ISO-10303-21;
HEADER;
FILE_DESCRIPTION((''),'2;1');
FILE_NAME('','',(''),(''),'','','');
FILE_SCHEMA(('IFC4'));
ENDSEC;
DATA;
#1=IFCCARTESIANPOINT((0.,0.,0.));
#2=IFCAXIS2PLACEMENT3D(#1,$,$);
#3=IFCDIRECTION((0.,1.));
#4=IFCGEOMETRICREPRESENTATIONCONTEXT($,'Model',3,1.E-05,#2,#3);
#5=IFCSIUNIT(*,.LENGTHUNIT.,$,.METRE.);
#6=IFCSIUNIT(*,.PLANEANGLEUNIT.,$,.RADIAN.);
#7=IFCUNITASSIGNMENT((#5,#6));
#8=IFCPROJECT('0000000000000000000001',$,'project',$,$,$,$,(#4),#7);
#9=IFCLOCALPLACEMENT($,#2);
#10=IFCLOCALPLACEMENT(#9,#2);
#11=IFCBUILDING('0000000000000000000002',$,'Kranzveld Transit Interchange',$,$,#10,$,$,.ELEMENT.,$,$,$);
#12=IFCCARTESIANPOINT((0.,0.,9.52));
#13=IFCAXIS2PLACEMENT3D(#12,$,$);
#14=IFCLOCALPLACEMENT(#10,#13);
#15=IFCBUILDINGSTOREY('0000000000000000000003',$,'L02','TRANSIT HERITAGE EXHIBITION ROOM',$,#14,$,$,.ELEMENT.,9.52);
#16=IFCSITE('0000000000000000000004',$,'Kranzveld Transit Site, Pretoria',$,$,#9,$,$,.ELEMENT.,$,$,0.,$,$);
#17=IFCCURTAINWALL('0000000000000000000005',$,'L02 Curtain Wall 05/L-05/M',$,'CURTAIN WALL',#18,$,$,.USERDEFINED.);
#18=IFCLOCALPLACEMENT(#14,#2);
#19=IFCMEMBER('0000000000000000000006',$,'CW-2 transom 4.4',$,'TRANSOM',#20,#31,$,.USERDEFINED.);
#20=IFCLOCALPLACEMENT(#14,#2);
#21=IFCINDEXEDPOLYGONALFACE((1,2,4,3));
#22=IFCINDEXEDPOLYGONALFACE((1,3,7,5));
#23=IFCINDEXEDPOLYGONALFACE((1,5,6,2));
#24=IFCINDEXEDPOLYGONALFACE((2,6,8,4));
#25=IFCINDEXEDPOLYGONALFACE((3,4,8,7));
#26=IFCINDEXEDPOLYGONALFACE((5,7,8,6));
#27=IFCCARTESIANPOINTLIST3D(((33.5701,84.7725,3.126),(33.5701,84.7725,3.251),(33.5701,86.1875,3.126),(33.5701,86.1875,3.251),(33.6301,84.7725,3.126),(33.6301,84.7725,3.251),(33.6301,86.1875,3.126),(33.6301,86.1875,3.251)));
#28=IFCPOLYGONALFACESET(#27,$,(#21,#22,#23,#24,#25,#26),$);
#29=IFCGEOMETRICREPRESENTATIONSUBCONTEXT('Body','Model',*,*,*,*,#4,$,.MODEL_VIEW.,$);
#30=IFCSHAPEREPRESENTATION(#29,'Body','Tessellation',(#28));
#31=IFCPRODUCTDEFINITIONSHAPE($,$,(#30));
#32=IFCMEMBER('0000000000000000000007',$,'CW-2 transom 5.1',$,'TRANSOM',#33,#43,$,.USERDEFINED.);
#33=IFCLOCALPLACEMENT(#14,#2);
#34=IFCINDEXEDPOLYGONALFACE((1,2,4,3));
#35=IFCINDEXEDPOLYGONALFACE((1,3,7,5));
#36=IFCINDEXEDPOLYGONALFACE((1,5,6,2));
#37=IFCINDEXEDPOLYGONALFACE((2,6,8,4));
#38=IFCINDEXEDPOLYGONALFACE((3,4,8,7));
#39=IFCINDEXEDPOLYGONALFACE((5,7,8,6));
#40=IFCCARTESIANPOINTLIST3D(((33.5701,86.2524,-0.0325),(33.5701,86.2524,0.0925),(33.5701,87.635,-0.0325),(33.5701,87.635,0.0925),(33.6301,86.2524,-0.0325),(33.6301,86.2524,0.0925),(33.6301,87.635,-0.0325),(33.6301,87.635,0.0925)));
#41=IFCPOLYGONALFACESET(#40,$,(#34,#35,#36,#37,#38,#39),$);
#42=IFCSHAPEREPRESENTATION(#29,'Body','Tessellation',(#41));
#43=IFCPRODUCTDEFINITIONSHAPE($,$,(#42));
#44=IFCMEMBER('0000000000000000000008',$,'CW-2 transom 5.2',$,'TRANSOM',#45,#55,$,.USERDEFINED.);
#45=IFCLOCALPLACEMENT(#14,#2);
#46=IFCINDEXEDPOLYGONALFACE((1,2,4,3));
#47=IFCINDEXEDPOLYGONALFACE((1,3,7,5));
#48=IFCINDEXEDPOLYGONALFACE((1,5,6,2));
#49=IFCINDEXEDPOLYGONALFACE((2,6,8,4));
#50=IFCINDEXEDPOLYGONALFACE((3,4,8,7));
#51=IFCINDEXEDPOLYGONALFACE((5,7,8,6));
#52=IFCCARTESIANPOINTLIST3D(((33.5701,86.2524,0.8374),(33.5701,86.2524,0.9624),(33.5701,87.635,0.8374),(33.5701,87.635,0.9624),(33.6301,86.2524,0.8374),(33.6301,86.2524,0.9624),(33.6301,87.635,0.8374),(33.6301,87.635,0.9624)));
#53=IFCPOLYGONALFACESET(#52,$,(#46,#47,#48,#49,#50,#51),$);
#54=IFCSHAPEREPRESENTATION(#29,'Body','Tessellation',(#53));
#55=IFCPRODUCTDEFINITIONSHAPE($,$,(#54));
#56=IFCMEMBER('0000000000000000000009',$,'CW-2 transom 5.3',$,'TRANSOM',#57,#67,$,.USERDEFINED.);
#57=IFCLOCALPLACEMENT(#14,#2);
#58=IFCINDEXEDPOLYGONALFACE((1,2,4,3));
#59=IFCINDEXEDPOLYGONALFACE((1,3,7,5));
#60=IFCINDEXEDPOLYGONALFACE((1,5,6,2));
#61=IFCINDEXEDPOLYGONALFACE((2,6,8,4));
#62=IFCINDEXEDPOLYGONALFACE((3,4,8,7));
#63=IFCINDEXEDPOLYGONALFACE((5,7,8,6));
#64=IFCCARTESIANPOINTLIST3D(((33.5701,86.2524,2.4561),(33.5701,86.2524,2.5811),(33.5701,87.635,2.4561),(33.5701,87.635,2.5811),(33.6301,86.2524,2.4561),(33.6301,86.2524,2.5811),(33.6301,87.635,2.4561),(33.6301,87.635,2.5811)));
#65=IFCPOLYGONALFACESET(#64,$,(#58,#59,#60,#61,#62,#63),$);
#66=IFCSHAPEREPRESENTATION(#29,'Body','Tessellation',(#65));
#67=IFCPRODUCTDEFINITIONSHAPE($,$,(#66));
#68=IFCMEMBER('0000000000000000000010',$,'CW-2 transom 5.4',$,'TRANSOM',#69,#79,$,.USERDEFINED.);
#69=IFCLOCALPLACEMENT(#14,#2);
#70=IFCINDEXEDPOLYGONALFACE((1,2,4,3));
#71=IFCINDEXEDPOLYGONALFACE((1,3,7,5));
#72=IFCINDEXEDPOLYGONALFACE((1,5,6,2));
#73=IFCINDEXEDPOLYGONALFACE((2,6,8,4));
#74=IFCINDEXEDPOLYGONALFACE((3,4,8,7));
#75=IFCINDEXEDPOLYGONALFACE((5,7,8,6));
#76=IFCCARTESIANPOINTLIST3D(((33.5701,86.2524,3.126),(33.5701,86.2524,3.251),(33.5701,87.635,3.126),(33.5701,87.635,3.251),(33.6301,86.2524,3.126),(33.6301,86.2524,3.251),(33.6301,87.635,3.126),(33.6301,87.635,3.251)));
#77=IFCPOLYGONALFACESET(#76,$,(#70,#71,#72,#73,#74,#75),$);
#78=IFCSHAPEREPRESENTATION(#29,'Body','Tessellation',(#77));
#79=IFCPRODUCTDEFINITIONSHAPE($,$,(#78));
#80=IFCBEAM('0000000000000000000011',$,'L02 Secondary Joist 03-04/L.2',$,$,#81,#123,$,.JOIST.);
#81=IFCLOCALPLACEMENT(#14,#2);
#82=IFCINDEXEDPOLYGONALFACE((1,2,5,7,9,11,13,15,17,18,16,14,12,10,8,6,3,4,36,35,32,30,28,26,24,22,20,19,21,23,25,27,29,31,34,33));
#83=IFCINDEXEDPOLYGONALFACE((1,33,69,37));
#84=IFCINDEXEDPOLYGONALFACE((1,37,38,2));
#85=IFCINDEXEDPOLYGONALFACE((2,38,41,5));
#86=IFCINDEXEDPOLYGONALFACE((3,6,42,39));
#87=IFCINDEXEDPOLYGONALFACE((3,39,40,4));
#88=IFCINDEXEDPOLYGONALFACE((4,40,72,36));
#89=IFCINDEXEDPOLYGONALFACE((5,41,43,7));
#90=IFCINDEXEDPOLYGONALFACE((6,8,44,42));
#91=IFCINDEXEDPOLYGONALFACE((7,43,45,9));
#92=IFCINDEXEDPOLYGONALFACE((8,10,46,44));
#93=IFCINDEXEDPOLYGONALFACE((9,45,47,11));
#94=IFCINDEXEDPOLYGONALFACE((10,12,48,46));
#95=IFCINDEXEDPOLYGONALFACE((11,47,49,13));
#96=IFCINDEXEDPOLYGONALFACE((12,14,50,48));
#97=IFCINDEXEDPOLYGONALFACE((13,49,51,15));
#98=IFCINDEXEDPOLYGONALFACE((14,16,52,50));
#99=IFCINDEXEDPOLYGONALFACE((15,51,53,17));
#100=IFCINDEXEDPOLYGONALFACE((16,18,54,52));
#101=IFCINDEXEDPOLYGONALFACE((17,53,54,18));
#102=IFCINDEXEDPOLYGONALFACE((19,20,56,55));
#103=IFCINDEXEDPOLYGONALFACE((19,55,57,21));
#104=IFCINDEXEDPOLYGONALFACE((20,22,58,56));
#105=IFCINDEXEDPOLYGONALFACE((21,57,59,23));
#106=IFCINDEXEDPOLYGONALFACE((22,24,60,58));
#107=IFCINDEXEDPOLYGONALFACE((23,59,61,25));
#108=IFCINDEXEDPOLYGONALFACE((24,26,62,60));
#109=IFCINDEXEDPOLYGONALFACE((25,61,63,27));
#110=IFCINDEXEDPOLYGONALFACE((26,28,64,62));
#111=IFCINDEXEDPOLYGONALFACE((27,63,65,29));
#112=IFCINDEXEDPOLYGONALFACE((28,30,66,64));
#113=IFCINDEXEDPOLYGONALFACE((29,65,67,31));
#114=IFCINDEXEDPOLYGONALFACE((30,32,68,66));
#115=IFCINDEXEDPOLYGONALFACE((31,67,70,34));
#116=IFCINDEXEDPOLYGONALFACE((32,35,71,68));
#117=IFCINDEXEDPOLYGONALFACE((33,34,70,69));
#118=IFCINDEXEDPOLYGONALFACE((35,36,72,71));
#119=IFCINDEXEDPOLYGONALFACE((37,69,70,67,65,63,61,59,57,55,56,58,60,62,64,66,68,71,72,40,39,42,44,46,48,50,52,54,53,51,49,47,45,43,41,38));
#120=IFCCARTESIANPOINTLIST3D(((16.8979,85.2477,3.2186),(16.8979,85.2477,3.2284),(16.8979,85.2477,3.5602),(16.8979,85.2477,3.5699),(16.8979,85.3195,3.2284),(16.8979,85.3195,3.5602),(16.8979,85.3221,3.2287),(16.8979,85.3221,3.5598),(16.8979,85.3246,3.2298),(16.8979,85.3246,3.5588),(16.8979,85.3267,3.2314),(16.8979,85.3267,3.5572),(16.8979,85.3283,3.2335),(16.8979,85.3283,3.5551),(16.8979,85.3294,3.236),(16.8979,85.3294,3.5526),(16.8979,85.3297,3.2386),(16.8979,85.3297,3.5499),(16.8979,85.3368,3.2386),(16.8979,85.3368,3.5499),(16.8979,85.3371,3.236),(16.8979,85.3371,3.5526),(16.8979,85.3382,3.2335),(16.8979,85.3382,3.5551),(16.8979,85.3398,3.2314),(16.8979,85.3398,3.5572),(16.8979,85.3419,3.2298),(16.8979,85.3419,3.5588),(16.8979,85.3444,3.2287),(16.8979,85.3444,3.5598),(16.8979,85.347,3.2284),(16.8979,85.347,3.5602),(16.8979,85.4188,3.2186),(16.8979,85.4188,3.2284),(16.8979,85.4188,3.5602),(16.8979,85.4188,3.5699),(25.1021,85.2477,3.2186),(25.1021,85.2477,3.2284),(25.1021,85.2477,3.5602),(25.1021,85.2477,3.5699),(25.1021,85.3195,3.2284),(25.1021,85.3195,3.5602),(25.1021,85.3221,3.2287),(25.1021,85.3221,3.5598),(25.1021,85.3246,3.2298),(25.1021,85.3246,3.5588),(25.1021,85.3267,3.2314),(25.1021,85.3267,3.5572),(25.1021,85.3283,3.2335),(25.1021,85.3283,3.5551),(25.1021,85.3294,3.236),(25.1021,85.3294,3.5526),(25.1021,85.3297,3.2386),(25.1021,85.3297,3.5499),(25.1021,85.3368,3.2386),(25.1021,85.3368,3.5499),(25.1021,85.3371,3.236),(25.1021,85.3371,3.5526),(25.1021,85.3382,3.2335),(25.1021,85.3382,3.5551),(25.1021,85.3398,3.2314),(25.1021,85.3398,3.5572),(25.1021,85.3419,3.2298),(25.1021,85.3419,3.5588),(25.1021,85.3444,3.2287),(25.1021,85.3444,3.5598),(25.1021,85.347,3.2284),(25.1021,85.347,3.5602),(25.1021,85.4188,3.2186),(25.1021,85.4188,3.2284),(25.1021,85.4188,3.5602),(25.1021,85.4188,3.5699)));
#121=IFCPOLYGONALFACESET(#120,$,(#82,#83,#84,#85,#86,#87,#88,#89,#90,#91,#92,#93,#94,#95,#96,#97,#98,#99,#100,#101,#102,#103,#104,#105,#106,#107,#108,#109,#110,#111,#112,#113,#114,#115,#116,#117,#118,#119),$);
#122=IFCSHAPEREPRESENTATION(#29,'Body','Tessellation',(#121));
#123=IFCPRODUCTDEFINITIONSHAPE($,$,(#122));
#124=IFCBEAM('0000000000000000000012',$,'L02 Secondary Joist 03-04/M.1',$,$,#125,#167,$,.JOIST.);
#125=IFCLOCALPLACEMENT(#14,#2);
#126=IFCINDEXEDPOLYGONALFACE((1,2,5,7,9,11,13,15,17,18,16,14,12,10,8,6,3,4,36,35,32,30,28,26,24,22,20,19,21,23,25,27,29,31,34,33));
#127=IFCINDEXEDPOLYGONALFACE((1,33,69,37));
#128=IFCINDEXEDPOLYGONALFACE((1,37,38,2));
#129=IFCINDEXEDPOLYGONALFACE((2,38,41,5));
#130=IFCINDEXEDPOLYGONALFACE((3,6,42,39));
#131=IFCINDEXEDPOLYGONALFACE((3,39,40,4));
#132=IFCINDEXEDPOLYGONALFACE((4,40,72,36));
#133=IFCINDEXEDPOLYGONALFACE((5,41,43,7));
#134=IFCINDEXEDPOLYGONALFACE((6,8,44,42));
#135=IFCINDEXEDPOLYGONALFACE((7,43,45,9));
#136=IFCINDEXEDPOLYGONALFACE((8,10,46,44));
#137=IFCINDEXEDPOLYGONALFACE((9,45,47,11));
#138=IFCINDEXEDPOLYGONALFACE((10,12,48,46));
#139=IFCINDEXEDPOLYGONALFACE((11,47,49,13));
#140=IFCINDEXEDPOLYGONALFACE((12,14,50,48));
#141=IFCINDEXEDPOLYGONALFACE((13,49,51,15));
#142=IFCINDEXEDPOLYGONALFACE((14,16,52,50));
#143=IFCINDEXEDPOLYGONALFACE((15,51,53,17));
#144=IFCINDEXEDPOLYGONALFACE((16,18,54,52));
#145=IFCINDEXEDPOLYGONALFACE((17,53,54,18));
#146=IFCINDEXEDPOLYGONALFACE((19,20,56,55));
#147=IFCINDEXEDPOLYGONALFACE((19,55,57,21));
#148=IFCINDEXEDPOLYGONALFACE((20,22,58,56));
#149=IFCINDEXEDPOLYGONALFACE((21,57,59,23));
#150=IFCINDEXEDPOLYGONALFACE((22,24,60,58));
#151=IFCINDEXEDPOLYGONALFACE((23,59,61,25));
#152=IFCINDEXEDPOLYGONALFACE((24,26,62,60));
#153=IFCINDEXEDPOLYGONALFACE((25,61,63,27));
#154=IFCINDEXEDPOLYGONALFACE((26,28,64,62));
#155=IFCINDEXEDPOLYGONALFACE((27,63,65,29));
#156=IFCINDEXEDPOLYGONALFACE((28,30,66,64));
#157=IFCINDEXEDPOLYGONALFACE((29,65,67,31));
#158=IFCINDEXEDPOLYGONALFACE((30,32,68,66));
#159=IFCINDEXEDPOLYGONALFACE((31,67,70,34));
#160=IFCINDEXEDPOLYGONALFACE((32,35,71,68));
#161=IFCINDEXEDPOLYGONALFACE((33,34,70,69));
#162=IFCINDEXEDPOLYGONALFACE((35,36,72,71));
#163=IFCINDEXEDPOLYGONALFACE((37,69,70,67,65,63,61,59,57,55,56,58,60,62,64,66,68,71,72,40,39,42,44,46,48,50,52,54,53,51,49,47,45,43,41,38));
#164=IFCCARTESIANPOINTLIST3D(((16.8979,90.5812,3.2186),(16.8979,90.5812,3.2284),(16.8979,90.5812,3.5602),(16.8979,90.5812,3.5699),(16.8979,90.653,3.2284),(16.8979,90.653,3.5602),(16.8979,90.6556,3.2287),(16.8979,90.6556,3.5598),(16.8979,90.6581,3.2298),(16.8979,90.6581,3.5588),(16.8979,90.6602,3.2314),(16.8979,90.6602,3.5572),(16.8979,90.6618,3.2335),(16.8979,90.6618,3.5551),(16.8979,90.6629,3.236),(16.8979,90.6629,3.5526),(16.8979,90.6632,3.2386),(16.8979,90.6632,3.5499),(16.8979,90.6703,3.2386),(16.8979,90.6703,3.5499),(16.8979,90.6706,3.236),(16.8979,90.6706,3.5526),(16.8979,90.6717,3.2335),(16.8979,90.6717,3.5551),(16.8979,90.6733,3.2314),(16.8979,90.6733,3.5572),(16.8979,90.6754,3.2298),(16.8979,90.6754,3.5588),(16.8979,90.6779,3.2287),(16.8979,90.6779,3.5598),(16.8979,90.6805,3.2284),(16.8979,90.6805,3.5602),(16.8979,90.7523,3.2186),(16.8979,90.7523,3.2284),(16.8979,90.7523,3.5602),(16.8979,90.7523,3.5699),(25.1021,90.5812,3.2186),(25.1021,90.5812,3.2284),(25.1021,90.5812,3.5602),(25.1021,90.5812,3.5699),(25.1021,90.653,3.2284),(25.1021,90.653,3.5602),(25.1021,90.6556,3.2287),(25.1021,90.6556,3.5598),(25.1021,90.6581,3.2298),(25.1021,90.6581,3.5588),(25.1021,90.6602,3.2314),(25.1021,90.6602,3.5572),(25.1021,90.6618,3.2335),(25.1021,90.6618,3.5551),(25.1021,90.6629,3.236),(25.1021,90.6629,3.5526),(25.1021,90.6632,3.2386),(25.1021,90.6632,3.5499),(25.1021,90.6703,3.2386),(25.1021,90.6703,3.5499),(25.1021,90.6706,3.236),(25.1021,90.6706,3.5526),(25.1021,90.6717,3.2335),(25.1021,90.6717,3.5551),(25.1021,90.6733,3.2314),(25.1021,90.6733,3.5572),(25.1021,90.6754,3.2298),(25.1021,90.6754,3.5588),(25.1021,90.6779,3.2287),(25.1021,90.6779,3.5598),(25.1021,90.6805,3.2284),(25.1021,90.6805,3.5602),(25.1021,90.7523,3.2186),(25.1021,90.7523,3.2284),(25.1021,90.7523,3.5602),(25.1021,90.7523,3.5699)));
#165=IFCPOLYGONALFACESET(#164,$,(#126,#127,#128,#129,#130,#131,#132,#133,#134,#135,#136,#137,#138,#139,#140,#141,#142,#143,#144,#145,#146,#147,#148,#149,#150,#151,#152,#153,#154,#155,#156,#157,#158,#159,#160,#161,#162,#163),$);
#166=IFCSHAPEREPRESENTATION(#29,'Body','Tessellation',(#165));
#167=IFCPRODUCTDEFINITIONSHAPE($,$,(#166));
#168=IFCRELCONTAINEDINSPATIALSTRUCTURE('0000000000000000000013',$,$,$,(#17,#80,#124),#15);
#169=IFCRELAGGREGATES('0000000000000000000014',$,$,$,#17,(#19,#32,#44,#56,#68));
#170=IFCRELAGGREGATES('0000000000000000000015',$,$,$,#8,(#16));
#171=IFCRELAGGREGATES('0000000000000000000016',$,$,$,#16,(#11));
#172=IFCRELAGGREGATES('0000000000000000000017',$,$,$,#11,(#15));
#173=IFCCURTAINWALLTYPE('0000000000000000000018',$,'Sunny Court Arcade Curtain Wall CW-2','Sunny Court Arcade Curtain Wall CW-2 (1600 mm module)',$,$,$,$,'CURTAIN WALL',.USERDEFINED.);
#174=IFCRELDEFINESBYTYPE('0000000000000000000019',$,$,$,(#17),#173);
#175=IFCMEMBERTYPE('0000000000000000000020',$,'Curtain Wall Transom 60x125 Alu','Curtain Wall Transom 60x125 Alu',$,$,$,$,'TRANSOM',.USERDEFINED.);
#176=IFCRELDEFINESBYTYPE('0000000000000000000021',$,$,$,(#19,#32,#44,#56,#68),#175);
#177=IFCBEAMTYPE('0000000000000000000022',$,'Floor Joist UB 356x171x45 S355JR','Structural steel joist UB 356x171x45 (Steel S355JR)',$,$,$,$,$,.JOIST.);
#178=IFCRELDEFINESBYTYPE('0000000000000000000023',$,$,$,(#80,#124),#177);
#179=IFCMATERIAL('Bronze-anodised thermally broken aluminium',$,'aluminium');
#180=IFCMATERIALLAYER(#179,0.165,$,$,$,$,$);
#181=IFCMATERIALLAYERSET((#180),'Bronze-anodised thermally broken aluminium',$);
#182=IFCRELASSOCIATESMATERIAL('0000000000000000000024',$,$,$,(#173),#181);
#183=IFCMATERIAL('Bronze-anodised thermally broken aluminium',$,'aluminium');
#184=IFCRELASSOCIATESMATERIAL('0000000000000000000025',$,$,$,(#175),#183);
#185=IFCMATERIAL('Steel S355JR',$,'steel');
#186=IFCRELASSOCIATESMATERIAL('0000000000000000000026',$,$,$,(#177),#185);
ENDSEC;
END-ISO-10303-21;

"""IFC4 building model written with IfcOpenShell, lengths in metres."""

from ifc_helpers import new_model, si_unit, direction, frame, origin, origin_2d, place, context, subcontext, project, spatial, rectangle, i_section, extrude, material, layer, layer_set, material_profile, profile_set, type_object, element, aggregate, save


model = new_model("IFC4")

# Units and contexts
model_context = context("Model", 3, precision=1e-05, world=origin(), true_north=direction((0.0, 1.0)))
body_context = subcontext(model_context, "Body", "Model", "MODEL_VIEW")
ifc_project = project(units=[si_unit("LENGTHUNIT", "METRE"), si_unit("PLANEANGLEUNIT", "RADIAN")], contexts=[model_context])

# Site, building, storey
site_placement = place(None, origin())
site = spatial("IfcSite", under=ifc_project, at=site_placement, Name="Kranzveld Transit Site, Pretoria", CompositionType="ELEMENT", RefElevation=0.0)
building_placement = place(site_placement, origin())
building = spatial("IfcBuilding", under=site, at=building_placement, Name="Kranzveld Transit Interchange", CompositionType="ELEMENT")
storey_placement = place(building_placement, frame((0.0, 0.0, 9.52)))
storey = spatial("IfcBuildingStorey", under=building, at=storey_placement, Name="L02", Description="TRANSIT HERITAGE EXHIBITION ROOM", CompositionType="ELEMENT", Elevation=9.52)

# Curtain wall, members
ifc_material_1 = material(Name="Bronze-anodised thermally broken aluminium", Category="aluminium")
ifc_layer_1 = layer(ifc_material_1, 0.165)
ifc_layer_set_1 = layer_set([ifc_layer_1], Name="Bronze-anodised thermally broken aluminium")
curtain_wall_type = type_object("IfcCurtainWallType", Name="Sunny Court Arcade Curtain Wall CW-2", Description="Sunny Court Arcade Curtain Wall CW-2 (1600 mm module)", ElementType="CURTAIN WALL", PredefinedType="USERDEFINED", material=ifc_layer_set_1)
curtain_wall_placement = place(storey_placement, origin())
curtain_wall = element("IfcCurtainWall", 1, at=curtain_wall_placement, inside=storey, type_object=curtain_wall_type, Name="L02 Curtain Wall 05/L-05/M", ObjectType="CURTAIN WALL", PredefinedType="USERDEFINED")
ifc_material_2 = material(Name="Bronze-anodised thermally broken aluminium", Category="aluminium")
ifc_material_profile_1 = material_profile(ifc_material_2, rectangle(XDim=0.0601, YDim=0.125, at=origin_2d()), Name="ALU TRANSOM 60x125")
ifc_profile_set_1 = profile_set([ifc_material_profile_1], Name="Bronze-anodised thermally broken aluminium")
member_type_1 = type_object("IfcMemberType", Name="Curtain Wall Transom 60x125 Alu", Description="Curtain Wall Transom 60x125 Alu", ElementType="TRANSOM", PredefinedType="USERDEFINED", material=ifc_profile_set_1)
member_1_placement = place(storey_placement, frame((33.6001, 84.7725, 3.1885), z_axis=(0.0, 1.0, 0.0), x_axis=(-1.0, 0.0, 0.0)))
member_1 = element("IfcMember", 2, at=member_1_placement, type_object=member_type_1, Name="CW-2 transom 4.4", ObjectType="TRANSOM", PredefinedType="USERDEFINED", context=body_context, shape_type="SweptSolid", body=[
    extrude(rectangle(XDim=0.0601, YDim=0.125, at=origin_2d()), origin(), (0.0, 0.0, 1.0), 1.415),
])
member_2_placement = place(storey_placement, frame((33.6001, 86.2524, 0.03), z_axis=(0.0, 1.0, 0.0), x_axis=(-1.0, 0.0, 0.0)))
member_2 = element("IfcMember", 3, at=member_2_placement, type_object=member_type_1, Name="CW-2 transom 5.1", ObjectType="TRANSOM", PredefinedType="USERDEFINED", context=body_context, shape_type="SweptSolid", body=[
    extrude(rectangle(XDim=0.0601, YDim=0.125, at=origin_2d()), origin(), (0.0, 0.0, 1.0), 1.3826),
])
member_3_placement = place(storey_placement, frame((33.6001, 86.2524, 0.8999), z_axis=(0.0, 1.0, 0.0), x_axis=(-1.0, 0.0, 0.0)))
member_3 = element("IfcMember", 4, at=member_3_placement, type_object=member_type_1, Name="CW-2 transom 5.2", ObjectType="TRANSOM", PredefinedType="USERDEFINED", context=body_context, shape_type="SweptSolid", body=[
    extrude(rectangle(XDim=0.0601, YDim=0.125, at=origin_2d()), origin(), (0.0, 0.0, 1.0), 1.3826),
])
member_4_placement = place(storey_placement, frame((33.6001, 86.2524, 2.5186), z_axis=(0.0, 1.0, 0.0), x_axis=(-1.0, 0.0, 0.0)))
member_4 = element("IfcMember", 5, at=member_4_placement, type_object=member_type_1, Name="CW-2 transom 5.3", ObjectType="TRANSOM", PredefinedType="USERDEFINED", context=body_context, shape_type="SweptSolid", body=[
    extrude(rectangle(XDim=0.0601, YDim=0.125, at=origin_2d()), origin(), (0.0, 0.0, 1.0), 1.3826),
])
member_5_placement = place(storey_placement, frame((33.6001, 86.2524, 3.1885), z_axis=(0.0, 1.0, 0.0), x_axis=(-1.0, 0.0, 0.0)))
member_5 = element("IfcMember", 6, at=member_5_placement, type_object=member_type_1, Name="CW-2 transom 5.4", ObjectType="TRANSOM", PredefinedType="USERDEFINED", context=body_context, shape_type="SweptSolid", body=[
    extrude(rectangle(XDim=0.0601, YDim=0.125, at=origin_2d()), origin(), (0.0, 0.0, 1.0), 1.3826),
])

# Beams
ifc_material_3 = material(Name="Steel S355JR", Category="steel")
ifc_material_profile_2 = material_profile(ifc_material_3, i_section(OverallWidth=0.1711, OverallDepth=0.3513, WebThickness=0.0071, FlangeThickness=0.0098, FilletRadius=0.0103, at=origin_2d()), Name="UB 356x171x45")
ifc_profile_set_2 = profile_set([ifc_material_profile_2], Name="Steel S355JR")
beam_type_1 = type_object("IfcBeamType", Name="Floor Joist UB 356x171x45 S355JR", Description="Structural steel joist UB 356x171x45 (Steel S355JR)", PredefinedType="JOIST", material=ifc_profile_set_2)
for number, where, z_axis, x_axis, name in (
    (7, (16.8979, 85.3333, 3.3943), (1.0, 0.0, 0.0), (0.0, 1.0, 0.0), "L02 Secondary Joist 03-04/L.2"),
    (8, (16.8979, 90.6667, 3.3943), (1.0, 0.0, 0.0), (0.0, 1.0, 0.0), "L02 Secondary Joist 03-04/M.1"),
):
    element("IfcBeam", number, at=place(storey_placement, frame(where, z_axis=z_axis, x_axis=x_axis)), inside=storey, type_object=beam_type_1, Name=name, PredefinedType="JOIST", context=body_context, shape_type="SweptSolid", body=[
        extrude(i_section(OverallWidth=0.1711, OverallDepth=0.3513, WebThickness=0.0071, FlangeThickness=0.0098, FilletRadius=0.0103, at=origin_2d()), origin(), (0.0, 0.0, 1.0), 8.2041),
    ])

aggregate(curtain_wall, [member_1, member_2, member_3, member_4, member_5])

save(model, "model.ifc")
